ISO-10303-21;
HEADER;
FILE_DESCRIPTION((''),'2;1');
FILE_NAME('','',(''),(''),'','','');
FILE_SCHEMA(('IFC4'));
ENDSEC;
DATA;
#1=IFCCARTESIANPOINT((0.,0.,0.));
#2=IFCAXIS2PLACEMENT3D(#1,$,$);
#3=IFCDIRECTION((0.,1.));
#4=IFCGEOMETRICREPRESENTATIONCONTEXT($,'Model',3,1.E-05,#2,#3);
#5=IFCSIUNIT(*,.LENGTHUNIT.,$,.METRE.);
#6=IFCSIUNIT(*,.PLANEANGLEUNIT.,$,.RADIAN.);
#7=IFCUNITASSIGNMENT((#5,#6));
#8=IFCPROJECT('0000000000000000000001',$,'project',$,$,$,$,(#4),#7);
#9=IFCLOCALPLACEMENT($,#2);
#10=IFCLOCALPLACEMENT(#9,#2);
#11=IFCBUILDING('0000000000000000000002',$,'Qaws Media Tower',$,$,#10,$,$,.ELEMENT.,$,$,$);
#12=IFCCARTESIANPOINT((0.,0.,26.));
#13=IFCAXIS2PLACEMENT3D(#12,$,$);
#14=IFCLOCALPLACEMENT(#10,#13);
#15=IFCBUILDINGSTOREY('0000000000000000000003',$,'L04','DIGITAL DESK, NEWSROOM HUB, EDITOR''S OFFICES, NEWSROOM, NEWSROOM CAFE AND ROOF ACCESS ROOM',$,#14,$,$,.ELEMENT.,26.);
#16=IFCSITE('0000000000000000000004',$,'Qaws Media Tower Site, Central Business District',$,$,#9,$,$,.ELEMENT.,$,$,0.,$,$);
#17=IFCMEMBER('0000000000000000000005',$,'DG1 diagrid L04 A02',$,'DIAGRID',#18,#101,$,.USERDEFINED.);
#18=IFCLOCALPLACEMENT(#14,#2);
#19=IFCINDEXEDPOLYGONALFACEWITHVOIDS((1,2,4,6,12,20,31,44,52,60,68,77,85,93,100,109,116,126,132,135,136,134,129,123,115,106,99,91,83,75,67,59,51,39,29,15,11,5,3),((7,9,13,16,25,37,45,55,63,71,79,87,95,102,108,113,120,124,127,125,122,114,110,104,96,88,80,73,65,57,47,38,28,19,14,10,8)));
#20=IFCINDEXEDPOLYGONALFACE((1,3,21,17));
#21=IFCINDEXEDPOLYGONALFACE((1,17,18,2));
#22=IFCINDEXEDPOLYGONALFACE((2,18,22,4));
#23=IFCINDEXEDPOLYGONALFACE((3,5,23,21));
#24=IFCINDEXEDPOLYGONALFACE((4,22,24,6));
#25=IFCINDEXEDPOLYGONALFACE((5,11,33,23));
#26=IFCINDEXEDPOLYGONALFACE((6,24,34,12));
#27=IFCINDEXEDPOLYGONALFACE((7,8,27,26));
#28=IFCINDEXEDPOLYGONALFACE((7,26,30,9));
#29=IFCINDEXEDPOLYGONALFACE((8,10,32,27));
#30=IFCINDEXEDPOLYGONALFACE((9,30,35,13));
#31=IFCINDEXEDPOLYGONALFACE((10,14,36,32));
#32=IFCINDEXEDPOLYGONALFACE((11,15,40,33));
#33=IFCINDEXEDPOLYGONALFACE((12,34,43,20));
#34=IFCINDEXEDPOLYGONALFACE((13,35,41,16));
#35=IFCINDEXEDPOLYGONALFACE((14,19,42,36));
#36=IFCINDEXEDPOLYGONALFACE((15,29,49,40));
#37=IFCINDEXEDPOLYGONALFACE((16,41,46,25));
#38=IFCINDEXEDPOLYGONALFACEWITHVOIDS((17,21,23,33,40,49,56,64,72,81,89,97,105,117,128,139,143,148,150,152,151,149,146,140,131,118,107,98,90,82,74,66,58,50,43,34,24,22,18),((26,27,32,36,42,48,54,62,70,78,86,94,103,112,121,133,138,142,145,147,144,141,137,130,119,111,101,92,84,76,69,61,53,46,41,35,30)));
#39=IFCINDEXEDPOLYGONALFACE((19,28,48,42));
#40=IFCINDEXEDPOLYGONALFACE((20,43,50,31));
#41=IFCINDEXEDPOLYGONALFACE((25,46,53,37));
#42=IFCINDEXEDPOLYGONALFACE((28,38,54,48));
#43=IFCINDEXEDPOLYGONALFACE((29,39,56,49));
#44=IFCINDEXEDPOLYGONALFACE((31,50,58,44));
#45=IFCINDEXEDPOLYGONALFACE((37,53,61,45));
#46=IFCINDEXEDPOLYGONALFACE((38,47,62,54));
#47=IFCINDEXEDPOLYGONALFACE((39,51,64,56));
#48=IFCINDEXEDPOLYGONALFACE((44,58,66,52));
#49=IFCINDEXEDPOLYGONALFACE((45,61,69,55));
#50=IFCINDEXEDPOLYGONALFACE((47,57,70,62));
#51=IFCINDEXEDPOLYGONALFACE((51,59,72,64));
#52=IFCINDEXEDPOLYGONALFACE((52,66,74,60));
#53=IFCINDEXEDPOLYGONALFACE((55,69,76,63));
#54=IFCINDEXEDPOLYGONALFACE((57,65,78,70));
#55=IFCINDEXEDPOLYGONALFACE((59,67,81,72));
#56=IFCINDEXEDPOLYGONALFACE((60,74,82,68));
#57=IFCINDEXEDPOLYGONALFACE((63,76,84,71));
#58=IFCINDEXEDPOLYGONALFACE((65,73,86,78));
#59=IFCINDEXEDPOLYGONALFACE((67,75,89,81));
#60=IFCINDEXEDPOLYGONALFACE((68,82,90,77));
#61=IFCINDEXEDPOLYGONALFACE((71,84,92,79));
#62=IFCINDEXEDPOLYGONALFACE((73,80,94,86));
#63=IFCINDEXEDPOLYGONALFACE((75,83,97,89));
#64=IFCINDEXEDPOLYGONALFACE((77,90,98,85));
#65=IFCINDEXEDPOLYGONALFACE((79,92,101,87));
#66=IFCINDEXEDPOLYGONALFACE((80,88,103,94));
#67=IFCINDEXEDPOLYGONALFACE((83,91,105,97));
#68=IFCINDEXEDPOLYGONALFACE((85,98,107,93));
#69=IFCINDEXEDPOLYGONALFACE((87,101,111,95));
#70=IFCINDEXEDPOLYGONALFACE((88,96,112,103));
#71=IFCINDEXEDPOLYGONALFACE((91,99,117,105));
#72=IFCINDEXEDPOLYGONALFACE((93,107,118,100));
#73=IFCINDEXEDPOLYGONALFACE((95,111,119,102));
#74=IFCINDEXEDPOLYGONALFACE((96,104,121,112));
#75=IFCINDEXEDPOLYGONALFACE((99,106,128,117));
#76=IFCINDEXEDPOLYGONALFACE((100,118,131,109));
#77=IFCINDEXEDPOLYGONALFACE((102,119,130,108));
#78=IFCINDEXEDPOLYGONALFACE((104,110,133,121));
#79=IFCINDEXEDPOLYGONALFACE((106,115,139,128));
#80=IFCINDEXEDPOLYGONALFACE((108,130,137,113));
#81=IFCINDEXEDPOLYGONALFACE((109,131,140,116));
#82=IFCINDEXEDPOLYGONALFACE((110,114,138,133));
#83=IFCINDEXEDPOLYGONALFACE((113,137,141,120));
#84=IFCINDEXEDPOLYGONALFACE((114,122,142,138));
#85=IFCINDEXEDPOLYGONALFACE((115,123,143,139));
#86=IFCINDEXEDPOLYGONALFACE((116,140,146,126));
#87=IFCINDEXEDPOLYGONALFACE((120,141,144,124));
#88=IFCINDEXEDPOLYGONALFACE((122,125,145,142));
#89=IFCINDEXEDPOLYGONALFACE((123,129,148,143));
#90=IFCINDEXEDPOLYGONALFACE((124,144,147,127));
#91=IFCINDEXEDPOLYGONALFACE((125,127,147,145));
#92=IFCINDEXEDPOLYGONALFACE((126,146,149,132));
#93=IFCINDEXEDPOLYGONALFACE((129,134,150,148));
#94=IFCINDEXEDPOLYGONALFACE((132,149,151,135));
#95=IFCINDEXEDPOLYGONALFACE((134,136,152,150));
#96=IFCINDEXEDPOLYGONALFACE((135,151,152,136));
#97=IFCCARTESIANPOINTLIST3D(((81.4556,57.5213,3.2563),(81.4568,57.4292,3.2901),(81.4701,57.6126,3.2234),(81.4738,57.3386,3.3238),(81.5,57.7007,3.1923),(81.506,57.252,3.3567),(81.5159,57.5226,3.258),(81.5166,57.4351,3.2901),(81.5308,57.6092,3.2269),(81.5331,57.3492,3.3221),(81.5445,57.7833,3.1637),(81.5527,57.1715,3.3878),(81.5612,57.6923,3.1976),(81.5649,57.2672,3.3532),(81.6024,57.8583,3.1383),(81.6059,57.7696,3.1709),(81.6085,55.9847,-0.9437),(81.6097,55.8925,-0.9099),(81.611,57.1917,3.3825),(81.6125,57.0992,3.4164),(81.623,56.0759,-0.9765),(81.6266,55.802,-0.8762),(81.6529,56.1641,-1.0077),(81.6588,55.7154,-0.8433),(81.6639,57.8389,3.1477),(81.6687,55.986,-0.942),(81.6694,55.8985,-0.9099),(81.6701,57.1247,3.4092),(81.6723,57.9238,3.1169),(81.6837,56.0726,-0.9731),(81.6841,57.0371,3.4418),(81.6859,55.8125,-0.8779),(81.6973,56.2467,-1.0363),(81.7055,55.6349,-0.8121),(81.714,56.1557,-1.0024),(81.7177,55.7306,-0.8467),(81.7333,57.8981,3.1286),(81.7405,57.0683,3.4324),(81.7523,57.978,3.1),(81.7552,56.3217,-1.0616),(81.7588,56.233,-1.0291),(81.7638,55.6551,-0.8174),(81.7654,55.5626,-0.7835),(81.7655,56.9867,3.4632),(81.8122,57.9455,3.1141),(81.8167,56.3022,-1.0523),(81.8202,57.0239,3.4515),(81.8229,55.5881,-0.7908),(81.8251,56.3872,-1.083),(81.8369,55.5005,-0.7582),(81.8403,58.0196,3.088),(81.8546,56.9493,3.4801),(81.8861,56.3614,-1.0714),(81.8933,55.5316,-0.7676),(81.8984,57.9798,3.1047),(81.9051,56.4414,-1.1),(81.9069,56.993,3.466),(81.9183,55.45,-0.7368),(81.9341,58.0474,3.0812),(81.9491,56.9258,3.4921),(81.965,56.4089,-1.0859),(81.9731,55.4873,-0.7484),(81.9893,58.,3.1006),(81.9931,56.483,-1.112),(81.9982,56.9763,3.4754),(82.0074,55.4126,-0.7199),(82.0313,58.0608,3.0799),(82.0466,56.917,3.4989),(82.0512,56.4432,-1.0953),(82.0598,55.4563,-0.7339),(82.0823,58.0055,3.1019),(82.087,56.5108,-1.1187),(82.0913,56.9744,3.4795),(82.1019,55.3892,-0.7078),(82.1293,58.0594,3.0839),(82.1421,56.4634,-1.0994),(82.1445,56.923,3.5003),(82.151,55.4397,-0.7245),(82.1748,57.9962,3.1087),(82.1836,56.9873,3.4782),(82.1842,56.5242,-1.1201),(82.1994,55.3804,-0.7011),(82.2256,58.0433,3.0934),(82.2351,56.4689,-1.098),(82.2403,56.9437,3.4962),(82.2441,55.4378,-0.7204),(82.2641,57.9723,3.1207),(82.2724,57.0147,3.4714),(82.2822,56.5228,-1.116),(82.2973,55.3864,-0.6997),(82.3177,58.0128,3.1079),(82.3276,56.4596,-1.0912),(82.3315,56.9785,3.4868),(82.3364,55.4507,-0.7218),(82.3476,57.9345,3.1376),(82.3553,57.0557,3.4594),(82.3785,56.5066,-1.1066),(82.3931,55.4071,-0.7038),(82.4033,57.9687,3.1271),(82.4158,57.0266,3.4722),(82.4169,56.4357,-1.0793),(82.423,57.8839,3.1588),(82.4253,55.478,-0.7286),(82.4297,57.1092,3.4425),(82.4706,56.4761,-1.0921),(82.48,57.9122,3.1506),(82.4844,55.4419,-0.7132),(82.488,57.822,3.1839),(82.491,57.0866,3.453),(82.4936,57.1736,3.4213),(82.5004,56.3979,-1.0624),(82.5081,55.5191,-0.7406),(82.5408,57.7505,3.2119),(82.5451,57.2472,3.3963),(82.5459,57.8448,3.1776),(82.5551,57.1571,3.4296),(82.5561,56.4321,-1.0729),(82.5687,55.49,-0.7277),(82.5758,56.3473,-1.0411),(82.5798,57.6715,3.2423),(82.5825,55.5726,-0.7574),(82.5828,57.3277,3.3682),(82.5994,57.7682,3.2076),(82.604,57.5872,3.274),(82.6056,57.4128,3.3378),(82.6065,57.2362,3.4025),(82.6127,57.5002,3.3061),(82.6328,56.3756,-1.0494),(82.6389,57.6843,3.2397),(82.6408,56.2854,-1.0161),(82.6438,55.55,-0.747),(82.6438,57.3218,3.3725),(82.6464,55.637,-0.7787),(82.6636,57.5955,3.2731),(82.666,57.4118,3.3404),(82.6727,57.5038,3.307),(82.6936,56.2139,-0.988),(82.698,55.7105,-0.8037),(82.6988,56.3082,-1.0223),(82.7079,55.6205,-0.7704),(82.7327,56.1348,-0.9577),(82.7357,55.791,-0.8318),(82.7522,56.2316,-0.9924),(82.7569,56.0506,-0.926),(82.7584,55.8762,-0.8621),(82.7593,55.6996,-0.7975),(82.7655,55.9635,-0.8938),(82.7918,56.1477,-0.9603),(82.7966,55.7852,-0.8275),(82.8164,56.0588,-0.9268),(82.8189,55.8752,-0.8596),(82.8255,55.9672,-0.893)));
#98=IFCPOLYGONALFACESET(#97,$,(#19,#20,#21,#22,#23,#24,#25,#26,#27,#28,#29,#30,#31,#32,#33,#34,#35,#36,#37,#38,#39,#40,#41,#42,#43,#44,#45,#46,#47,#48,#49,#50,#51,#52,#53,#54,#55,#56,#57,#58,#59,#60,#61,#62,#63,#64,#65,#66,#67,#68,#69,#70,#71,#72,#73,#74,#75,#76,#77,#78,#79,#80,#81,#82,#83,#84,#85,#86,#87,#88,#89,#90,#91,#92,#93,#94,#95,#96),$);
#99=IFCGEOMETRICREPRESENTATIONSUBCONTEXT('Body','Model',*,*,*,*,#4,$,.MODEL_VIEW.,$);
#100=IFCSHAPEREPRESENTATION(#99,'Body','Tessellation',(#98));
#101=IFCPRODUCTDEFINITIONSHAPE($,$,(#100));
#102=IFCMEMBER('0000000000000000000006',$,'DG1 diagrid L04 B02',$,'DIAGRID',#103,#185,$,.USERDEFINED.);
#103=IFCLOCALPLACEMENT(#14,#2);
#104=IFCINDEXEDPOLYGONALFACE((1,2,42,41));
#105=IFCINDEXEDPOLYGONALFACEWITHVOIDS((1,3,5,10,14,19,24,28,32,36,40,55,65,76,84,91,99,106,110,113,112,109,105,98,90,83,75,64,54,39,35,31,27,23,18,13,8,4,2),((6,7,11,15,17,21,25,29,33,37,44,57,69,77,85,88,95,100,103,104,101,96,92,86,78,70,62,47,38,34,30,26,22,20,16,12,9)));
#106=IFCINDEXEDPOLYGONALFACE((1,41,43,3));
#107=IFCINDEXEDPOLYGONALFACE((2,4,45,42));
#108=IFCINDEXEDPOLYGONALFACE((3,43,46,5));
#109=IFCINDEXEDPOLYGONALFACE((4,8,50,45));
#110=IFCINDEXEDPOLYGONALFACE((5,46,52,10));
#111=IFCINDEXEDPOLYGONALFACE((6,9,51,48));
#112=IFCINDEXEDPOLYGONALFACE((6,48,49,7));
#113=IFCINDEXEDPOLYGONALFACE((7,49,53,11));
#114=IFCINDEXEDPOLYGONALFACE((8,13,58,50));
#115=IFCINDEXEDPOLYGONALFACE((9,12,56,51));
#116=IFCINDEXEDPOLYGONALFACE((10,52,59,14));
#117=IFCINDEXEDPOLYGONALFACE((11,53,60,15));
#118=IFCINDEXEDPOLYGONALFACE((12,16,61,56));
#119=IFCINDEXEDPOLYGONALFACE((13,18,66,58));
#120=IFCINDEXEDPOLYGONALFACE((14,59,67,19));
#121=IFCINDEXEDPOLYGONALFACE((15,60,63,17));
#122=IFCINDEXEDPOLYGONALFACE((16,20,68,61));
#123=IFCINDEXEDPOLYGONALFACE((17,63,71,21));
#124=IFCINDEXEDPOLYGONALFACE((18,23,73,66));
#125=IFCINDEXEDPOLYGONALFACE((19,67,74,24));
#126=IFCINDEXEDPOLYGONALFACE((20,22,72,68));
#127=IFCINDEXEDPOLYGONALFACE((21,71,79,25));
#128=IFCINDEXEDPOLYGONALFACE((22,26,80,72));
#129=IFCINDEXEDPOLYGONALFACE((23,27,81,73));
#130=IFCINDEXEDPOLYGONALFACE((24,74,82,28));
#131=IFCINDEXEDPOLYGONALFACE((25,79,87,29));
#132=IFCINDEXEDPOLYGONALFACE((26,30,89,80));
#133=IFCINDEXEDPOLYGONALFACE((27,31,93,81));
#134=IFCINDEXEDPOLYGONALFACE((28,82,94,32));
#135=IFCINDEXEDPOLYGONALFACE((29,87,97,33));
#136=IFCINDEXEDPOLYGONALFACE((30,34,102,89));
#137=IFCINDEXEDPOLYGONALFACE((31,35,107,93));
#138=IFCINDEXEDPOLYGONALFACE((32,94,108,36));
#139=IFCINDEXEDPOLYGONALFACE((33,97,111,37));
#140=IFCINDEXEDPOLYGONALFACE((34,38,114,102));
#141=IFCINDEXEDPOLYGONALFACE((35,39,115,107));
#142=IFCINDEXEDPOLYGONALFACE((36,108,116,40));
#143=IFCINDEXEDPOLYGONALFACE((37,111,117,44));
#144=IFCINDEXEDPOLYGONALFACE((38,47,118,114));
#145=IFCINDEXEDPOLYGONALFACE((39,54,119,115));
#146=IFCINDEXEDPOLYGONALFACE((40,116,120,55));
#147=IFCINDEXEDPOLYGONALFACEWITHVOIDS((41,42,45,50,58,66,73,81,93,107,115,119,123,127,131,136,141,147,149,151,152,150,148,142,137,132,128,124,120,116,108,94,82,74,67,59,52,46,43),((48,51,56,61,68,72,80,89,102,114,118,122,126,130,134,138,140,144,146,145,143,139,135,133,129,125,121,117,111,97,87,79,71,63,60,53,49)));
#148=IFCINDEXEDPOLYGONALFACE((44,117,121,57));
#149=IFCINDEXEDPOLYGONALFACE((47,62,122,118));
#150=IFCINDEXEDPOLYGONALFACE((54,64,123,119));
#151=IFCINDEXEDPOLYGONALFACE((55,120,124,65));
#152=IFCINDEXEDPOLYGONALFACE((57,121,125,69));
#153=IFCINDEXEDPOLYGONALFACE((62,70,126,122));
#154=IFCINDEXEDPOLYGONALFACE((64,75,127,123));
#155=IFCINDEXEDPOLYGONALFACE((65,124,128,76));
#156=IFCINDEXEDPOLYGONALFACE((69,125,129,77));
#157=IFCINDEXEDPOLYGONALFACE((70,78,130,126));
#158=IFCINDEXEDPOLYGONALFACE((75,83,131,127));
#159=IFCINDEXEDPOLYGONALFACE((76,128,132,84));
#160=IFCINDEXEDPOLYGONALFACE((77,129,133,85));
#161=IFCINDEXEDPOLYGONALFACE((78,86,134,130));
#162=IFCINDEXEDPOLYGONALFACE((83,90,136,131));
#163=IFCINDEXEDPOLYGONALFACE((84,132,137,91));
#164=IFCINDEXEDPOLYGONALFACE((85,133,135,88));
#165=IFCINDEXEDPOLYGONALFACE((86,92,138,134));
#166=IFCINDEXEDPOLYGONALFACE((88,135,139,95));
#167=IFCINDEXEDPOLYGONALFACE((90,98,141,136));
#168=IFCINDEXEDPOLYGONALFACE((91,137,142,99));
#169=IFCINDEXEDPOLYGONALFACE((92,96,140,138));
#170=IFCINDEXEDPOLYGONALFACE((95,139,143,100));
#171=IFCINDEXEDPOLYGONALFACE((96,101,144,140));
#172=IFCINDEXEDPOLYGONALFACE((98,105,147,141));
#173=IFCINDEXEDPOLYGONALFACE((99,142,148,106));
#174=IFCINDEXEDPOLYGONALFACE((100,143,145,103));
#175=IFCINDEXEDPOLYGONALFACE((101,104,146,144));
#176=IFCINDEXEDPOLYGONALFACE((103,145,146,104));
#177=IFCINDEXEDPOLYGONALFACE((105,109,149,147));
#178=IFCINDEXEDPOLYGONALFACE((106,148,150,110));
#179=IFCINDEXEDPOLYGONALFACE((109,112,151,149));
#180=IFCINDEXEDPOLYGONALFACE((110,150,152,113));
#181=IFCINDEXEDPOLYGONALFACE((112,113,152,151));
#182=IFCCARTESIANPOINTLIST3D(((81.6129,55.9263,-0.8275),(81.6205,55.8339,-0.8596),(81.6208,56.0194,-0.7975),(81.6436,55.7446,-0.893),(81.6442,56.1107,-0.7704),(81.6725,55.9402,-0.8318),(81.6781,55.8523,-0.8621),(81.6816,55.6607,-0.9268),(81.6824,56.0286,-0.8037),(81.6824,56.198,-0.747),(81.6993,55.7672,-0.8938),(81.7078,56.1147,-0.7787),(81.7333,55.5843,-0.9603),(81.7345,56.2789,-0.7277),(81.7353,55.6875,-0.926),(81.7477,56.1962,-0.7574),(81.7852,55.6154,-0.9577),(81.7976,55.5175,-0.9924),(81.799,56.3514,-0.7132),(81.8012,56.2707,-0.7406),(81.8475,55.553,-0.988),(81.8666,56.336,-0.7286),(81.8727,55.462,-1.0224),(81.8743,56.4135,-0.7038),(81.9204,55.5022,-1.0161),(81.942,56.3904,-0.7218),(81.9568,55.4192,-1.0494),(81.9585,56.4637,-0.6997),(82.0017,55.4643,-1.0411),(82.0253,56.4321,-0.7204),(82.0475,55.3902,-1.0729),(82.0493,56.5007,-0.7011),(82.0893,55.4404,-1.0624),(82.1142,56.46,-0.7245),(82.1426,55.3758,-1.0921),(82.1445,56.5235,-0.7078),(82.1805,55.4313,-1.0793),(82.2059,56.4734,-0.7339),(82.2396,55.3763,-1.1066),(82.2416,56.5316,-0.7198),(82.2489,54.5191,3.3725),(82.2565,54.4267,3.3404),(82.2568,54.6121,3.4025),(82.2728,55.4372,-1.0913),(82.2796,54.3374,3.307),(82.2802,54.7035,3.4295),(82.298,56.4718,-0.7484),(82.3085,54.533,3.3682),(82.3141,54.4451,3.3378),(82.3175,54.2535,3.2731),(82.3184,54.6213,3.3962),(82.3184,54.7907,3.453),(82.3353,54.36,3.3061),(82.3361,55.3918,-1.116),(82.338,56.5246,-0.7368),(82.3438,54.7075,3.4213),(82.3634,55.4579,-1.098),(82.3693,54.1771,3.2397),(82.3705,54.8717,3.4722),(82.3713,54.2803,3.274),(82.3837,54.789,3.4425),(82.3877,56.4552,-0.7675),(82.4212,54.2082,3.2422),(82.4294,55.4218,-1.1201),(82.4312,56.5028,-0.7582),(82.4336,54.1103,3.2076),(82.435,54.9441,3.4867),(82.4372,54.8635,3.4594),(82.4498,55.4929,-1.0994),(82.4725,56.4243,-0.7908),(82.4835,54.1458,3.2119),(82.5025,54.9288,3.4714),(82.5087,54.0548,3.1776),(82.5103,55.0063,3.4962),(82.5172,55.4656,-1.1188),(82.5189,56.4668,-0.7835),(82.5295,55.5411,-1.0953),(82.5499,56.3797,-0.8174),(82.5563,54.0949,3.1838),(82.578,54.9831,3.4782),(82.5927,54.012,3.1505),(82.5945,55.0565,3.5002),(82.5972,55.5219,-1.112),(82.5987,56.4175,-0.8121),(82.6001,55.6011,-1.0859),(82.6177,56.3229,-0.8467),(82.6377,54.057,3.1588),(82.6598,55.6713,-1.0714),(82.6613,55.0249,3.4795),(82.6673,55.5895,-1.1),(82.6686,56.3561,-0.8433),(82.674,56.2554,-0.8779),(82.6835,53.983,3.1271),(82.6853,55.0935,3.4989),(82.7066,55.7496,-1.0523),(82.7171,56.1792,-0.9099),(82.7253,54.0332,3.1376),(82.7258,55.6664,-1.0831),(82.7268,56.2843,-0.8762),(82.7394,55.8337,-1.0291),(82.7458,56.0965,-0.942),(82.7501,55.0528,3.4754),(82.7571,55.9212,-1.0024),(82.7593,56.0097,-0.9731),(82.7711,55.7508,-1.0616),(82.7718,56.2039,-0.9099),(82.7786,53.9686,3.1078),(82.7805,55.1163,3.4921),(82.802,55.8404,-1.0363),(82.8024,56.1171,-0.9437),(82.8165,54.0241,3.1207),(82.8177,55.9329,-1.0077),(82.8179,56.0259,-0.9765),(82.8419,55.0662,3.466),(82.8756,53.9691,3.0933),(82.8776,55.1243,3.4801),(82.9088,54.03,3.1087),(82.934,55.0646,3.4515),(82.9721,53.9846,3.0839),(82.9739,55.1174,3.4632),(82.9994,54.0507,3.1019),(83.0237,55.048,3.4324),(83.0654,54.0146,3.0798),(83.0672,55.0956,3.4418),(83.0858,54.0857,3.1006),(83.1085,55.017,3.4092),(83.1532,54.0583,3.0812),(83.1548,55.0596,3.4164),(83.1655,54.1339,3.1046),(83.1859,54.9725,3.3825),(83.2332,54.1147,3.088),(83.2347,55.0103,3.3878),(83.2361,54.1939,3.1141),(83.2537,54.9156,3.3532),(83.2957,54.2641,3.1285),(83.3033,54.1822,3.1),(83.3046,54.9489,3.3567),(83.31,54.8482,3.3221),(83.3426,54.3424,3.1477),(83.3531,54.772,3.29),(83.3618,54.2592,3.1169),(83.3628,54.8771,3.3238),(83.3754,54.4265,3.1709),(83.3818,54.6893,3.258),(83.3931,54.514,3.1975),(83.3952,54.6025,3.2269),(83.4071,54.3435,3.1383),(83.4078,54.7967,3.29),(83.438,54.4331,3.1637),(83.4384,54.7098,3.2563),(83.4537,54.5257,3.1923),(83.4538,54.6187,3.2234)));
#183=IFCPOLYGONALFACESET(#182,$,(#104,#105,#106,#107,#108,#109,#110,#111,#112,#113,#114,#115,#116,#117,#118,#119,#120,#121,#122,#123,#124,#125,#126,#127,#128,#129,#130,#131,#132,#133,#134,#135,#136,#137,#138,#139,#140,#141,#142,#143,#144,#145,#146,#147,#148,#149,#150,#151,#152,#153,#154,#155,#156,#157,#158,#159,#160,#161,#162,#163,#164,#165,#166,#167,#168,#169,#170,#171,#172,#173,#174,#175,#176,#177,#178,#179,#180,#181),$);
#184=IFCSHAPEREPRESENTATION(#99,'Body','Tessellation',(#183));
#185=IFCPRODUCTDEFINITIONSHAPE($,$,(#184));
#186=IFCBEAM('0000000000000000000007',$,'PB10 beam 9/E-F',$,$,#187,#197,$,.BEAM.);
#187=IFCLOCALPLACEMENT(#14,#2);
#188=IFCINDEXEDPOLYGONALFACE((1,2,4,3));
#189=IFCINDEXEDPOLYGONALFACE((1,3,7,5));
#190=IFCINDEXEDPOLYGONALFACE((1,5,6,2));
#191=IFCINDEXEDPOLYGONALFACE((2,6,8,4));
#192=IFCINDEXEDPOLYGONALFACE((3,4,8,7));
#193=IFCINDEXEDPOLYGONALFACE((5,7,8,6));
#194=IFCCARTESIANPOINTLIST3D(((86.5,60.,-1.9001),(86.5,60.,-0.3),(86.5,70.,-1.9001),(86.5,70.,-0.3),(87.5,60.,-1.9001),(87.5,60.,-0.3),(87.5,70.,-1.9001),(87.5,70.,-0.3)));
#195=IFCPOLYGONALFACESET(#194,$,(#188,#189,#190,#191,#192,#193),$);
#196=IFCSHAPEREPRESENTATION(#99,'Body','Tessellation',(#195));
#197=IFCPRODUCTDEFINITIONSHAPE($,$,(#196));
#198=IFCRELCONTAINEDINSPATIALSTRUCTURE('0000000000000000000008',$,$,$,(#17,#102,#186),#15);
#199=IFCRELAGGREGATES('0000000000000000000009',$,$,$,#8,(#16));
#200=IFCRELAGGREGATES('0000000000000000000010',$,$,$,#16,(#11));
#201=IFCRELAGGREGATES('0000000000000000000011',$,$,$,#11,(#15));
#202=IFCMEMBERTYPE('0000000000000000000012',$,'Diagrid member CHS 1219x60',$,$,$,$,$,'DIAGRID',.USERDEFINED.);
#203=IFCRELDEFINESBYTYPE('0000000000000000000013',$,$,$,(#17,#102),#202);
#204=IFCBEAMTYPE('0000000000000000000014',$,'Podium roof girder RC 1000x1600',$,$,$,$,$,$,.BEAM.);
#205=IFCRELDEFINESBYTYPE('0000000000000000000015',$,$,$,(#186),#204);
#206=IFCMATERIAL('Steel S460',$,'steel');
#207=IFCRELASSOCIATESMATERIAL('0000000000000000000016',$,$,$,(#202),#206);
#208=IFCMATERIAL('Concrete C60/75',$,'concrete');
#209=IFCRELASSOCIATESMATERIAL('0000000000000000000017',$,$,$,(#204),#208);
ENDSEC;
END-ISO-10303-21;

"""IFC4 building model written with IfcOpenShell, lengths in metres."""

from ifc_helpers import new_model, si_unit, direction, frame, origin, origin_2d, place, context, subcontext, project, spatial, rectangle, hollow_circle, extrude, material, material_profile, profile_set, type_object, element, save


model = new_model("IFC4")

# Units and contexts
model_context = context("Model", 3, precision=1e-05, world=origin(), true_north=direction((0.0, 1.0)))
body_context = subcontext(model_context, "Body", "Model", "MODEL_VIEW")
ifc_project = project(units=[si_unit("LENGTHUNIT", "METRE"), si_unit("PLANEANGLEUNIT", "RADIAN")], contexts=[model_context])

# Site, building, storey
site_placement = place(None, origin())
site = spatial("IfcSite", under=ifc_project, at=site_placement, Name="Qaws Media Tower Site, Central Business District", CompositionType="ELEMENT", RefElevation=0.0)
building_placement = place(site_placement, origin())
building = spatial("IfcBuilding", under=site, at=building_placement, Name="Qaws Media Tower", CompositionType="ELEMENT")
storey_placement = place(building_placement, frame((0.0, 0.0, 26.0)))
storey = spatial("IfcBuildingStorey", under=building, at=storey_placement, Name="L04", Description="DIGITAL DESK, NEWSROOM HUB, EDITOR'S OFFICES, NEWSROOM, NEWSROOM CAFE AND ROOF ACCESS ROOM", CompositionType="ELEMENT", Elevation=26.0)

# Members
ifc_material_1 = material(Name="Steel S460", Category="steel")
ifc_material_profile_1 = material_profile(ifc_material_1, hollow_circle(Radius=0.6096, WallThickness=0.0601, at=origin_2d()), Name="CHS 1219x60")
ifc_profile_set_1 = profile_set([ifc_material_profile_1], Name="Steel S460")
member_type = type_object("IfcMemberType", Name="Diagrid member CHS 1219x60", ElementType="DIAGRID", PredefinedType="USERDEFINED", material=ifc_profile_set_1)
for number, where, z_axis, x_axis, name in (
    (1, (82.2163, 55.9529, -0.9099), (-0.034154, 0.343392, 0.938571), (-0.99509, -0.098971, 0.0), "DG1 diagrid L04 A02"),
    (2, (82.2163, 55.9529, -0.9099), (0.142124, -0.314474, 0.938566), (0.911258, 0.411837, 0.0), "DG1 diagrid L04 B02"),
):
    element("IfcMember", number, at=place(storey_placement, frame(where, z_axis=z_axis, x_axis=x_axis)), inside=storey, type_object=member_type, Name=name, ObjectType="DIAGRID", PredefinedType="USERDEFINED", context=body_context, shape_type="SweptSolid", body=[
        extrude(hollow_circle(Radius=0.6096, WallThickness=0.0601, at=origin_2d()), origin(), (0.0, 0.0, 1.0), 4.4749),
    ])

# Beam
ifc_material_2 = material(Name="Concrete C60/75", Category="concrete")
ifc_material_profile_2 = material_profile(ifc_material_2, rectangle(XDim=1.0, YDim=1.6001, at=origin_2d()), Name="RC 1000x1600")
ifc_profile_set_2 = profile_set([ifc_material_profile_2], Name="Concrete C60/75")
beam_type_1 = type_object("IfcBeamType", Name="Podium roof girder RC 1000x1600", PredefinedType="BEAM", material=ifc_profile_set_2)
for number, where, z_axis, x_axis, name in (
    (3, (87.0, 60.0, -1.1001), (0.0, 1.0, 0.0), (-1.0, 0.0, 0.0), "PB10 beam 9/E-F"),
):
    element("IfcBeam", number, at=place(storey_placement, frame(where, z_axis=z_axis, x_axis=x_axis)), inside=storey, type_object=beam_type_1, Name=name, PredefinedType="BEAM", context=body_context, shape_type="SweptSolid", body=[
        extrude(rectangle(XDim=1.0, YDim=1.6001, at=origin_2d()), origin(), (0.0, 0.0, 1.0), 10.0),
    ])

save(model, "model.ifc")
